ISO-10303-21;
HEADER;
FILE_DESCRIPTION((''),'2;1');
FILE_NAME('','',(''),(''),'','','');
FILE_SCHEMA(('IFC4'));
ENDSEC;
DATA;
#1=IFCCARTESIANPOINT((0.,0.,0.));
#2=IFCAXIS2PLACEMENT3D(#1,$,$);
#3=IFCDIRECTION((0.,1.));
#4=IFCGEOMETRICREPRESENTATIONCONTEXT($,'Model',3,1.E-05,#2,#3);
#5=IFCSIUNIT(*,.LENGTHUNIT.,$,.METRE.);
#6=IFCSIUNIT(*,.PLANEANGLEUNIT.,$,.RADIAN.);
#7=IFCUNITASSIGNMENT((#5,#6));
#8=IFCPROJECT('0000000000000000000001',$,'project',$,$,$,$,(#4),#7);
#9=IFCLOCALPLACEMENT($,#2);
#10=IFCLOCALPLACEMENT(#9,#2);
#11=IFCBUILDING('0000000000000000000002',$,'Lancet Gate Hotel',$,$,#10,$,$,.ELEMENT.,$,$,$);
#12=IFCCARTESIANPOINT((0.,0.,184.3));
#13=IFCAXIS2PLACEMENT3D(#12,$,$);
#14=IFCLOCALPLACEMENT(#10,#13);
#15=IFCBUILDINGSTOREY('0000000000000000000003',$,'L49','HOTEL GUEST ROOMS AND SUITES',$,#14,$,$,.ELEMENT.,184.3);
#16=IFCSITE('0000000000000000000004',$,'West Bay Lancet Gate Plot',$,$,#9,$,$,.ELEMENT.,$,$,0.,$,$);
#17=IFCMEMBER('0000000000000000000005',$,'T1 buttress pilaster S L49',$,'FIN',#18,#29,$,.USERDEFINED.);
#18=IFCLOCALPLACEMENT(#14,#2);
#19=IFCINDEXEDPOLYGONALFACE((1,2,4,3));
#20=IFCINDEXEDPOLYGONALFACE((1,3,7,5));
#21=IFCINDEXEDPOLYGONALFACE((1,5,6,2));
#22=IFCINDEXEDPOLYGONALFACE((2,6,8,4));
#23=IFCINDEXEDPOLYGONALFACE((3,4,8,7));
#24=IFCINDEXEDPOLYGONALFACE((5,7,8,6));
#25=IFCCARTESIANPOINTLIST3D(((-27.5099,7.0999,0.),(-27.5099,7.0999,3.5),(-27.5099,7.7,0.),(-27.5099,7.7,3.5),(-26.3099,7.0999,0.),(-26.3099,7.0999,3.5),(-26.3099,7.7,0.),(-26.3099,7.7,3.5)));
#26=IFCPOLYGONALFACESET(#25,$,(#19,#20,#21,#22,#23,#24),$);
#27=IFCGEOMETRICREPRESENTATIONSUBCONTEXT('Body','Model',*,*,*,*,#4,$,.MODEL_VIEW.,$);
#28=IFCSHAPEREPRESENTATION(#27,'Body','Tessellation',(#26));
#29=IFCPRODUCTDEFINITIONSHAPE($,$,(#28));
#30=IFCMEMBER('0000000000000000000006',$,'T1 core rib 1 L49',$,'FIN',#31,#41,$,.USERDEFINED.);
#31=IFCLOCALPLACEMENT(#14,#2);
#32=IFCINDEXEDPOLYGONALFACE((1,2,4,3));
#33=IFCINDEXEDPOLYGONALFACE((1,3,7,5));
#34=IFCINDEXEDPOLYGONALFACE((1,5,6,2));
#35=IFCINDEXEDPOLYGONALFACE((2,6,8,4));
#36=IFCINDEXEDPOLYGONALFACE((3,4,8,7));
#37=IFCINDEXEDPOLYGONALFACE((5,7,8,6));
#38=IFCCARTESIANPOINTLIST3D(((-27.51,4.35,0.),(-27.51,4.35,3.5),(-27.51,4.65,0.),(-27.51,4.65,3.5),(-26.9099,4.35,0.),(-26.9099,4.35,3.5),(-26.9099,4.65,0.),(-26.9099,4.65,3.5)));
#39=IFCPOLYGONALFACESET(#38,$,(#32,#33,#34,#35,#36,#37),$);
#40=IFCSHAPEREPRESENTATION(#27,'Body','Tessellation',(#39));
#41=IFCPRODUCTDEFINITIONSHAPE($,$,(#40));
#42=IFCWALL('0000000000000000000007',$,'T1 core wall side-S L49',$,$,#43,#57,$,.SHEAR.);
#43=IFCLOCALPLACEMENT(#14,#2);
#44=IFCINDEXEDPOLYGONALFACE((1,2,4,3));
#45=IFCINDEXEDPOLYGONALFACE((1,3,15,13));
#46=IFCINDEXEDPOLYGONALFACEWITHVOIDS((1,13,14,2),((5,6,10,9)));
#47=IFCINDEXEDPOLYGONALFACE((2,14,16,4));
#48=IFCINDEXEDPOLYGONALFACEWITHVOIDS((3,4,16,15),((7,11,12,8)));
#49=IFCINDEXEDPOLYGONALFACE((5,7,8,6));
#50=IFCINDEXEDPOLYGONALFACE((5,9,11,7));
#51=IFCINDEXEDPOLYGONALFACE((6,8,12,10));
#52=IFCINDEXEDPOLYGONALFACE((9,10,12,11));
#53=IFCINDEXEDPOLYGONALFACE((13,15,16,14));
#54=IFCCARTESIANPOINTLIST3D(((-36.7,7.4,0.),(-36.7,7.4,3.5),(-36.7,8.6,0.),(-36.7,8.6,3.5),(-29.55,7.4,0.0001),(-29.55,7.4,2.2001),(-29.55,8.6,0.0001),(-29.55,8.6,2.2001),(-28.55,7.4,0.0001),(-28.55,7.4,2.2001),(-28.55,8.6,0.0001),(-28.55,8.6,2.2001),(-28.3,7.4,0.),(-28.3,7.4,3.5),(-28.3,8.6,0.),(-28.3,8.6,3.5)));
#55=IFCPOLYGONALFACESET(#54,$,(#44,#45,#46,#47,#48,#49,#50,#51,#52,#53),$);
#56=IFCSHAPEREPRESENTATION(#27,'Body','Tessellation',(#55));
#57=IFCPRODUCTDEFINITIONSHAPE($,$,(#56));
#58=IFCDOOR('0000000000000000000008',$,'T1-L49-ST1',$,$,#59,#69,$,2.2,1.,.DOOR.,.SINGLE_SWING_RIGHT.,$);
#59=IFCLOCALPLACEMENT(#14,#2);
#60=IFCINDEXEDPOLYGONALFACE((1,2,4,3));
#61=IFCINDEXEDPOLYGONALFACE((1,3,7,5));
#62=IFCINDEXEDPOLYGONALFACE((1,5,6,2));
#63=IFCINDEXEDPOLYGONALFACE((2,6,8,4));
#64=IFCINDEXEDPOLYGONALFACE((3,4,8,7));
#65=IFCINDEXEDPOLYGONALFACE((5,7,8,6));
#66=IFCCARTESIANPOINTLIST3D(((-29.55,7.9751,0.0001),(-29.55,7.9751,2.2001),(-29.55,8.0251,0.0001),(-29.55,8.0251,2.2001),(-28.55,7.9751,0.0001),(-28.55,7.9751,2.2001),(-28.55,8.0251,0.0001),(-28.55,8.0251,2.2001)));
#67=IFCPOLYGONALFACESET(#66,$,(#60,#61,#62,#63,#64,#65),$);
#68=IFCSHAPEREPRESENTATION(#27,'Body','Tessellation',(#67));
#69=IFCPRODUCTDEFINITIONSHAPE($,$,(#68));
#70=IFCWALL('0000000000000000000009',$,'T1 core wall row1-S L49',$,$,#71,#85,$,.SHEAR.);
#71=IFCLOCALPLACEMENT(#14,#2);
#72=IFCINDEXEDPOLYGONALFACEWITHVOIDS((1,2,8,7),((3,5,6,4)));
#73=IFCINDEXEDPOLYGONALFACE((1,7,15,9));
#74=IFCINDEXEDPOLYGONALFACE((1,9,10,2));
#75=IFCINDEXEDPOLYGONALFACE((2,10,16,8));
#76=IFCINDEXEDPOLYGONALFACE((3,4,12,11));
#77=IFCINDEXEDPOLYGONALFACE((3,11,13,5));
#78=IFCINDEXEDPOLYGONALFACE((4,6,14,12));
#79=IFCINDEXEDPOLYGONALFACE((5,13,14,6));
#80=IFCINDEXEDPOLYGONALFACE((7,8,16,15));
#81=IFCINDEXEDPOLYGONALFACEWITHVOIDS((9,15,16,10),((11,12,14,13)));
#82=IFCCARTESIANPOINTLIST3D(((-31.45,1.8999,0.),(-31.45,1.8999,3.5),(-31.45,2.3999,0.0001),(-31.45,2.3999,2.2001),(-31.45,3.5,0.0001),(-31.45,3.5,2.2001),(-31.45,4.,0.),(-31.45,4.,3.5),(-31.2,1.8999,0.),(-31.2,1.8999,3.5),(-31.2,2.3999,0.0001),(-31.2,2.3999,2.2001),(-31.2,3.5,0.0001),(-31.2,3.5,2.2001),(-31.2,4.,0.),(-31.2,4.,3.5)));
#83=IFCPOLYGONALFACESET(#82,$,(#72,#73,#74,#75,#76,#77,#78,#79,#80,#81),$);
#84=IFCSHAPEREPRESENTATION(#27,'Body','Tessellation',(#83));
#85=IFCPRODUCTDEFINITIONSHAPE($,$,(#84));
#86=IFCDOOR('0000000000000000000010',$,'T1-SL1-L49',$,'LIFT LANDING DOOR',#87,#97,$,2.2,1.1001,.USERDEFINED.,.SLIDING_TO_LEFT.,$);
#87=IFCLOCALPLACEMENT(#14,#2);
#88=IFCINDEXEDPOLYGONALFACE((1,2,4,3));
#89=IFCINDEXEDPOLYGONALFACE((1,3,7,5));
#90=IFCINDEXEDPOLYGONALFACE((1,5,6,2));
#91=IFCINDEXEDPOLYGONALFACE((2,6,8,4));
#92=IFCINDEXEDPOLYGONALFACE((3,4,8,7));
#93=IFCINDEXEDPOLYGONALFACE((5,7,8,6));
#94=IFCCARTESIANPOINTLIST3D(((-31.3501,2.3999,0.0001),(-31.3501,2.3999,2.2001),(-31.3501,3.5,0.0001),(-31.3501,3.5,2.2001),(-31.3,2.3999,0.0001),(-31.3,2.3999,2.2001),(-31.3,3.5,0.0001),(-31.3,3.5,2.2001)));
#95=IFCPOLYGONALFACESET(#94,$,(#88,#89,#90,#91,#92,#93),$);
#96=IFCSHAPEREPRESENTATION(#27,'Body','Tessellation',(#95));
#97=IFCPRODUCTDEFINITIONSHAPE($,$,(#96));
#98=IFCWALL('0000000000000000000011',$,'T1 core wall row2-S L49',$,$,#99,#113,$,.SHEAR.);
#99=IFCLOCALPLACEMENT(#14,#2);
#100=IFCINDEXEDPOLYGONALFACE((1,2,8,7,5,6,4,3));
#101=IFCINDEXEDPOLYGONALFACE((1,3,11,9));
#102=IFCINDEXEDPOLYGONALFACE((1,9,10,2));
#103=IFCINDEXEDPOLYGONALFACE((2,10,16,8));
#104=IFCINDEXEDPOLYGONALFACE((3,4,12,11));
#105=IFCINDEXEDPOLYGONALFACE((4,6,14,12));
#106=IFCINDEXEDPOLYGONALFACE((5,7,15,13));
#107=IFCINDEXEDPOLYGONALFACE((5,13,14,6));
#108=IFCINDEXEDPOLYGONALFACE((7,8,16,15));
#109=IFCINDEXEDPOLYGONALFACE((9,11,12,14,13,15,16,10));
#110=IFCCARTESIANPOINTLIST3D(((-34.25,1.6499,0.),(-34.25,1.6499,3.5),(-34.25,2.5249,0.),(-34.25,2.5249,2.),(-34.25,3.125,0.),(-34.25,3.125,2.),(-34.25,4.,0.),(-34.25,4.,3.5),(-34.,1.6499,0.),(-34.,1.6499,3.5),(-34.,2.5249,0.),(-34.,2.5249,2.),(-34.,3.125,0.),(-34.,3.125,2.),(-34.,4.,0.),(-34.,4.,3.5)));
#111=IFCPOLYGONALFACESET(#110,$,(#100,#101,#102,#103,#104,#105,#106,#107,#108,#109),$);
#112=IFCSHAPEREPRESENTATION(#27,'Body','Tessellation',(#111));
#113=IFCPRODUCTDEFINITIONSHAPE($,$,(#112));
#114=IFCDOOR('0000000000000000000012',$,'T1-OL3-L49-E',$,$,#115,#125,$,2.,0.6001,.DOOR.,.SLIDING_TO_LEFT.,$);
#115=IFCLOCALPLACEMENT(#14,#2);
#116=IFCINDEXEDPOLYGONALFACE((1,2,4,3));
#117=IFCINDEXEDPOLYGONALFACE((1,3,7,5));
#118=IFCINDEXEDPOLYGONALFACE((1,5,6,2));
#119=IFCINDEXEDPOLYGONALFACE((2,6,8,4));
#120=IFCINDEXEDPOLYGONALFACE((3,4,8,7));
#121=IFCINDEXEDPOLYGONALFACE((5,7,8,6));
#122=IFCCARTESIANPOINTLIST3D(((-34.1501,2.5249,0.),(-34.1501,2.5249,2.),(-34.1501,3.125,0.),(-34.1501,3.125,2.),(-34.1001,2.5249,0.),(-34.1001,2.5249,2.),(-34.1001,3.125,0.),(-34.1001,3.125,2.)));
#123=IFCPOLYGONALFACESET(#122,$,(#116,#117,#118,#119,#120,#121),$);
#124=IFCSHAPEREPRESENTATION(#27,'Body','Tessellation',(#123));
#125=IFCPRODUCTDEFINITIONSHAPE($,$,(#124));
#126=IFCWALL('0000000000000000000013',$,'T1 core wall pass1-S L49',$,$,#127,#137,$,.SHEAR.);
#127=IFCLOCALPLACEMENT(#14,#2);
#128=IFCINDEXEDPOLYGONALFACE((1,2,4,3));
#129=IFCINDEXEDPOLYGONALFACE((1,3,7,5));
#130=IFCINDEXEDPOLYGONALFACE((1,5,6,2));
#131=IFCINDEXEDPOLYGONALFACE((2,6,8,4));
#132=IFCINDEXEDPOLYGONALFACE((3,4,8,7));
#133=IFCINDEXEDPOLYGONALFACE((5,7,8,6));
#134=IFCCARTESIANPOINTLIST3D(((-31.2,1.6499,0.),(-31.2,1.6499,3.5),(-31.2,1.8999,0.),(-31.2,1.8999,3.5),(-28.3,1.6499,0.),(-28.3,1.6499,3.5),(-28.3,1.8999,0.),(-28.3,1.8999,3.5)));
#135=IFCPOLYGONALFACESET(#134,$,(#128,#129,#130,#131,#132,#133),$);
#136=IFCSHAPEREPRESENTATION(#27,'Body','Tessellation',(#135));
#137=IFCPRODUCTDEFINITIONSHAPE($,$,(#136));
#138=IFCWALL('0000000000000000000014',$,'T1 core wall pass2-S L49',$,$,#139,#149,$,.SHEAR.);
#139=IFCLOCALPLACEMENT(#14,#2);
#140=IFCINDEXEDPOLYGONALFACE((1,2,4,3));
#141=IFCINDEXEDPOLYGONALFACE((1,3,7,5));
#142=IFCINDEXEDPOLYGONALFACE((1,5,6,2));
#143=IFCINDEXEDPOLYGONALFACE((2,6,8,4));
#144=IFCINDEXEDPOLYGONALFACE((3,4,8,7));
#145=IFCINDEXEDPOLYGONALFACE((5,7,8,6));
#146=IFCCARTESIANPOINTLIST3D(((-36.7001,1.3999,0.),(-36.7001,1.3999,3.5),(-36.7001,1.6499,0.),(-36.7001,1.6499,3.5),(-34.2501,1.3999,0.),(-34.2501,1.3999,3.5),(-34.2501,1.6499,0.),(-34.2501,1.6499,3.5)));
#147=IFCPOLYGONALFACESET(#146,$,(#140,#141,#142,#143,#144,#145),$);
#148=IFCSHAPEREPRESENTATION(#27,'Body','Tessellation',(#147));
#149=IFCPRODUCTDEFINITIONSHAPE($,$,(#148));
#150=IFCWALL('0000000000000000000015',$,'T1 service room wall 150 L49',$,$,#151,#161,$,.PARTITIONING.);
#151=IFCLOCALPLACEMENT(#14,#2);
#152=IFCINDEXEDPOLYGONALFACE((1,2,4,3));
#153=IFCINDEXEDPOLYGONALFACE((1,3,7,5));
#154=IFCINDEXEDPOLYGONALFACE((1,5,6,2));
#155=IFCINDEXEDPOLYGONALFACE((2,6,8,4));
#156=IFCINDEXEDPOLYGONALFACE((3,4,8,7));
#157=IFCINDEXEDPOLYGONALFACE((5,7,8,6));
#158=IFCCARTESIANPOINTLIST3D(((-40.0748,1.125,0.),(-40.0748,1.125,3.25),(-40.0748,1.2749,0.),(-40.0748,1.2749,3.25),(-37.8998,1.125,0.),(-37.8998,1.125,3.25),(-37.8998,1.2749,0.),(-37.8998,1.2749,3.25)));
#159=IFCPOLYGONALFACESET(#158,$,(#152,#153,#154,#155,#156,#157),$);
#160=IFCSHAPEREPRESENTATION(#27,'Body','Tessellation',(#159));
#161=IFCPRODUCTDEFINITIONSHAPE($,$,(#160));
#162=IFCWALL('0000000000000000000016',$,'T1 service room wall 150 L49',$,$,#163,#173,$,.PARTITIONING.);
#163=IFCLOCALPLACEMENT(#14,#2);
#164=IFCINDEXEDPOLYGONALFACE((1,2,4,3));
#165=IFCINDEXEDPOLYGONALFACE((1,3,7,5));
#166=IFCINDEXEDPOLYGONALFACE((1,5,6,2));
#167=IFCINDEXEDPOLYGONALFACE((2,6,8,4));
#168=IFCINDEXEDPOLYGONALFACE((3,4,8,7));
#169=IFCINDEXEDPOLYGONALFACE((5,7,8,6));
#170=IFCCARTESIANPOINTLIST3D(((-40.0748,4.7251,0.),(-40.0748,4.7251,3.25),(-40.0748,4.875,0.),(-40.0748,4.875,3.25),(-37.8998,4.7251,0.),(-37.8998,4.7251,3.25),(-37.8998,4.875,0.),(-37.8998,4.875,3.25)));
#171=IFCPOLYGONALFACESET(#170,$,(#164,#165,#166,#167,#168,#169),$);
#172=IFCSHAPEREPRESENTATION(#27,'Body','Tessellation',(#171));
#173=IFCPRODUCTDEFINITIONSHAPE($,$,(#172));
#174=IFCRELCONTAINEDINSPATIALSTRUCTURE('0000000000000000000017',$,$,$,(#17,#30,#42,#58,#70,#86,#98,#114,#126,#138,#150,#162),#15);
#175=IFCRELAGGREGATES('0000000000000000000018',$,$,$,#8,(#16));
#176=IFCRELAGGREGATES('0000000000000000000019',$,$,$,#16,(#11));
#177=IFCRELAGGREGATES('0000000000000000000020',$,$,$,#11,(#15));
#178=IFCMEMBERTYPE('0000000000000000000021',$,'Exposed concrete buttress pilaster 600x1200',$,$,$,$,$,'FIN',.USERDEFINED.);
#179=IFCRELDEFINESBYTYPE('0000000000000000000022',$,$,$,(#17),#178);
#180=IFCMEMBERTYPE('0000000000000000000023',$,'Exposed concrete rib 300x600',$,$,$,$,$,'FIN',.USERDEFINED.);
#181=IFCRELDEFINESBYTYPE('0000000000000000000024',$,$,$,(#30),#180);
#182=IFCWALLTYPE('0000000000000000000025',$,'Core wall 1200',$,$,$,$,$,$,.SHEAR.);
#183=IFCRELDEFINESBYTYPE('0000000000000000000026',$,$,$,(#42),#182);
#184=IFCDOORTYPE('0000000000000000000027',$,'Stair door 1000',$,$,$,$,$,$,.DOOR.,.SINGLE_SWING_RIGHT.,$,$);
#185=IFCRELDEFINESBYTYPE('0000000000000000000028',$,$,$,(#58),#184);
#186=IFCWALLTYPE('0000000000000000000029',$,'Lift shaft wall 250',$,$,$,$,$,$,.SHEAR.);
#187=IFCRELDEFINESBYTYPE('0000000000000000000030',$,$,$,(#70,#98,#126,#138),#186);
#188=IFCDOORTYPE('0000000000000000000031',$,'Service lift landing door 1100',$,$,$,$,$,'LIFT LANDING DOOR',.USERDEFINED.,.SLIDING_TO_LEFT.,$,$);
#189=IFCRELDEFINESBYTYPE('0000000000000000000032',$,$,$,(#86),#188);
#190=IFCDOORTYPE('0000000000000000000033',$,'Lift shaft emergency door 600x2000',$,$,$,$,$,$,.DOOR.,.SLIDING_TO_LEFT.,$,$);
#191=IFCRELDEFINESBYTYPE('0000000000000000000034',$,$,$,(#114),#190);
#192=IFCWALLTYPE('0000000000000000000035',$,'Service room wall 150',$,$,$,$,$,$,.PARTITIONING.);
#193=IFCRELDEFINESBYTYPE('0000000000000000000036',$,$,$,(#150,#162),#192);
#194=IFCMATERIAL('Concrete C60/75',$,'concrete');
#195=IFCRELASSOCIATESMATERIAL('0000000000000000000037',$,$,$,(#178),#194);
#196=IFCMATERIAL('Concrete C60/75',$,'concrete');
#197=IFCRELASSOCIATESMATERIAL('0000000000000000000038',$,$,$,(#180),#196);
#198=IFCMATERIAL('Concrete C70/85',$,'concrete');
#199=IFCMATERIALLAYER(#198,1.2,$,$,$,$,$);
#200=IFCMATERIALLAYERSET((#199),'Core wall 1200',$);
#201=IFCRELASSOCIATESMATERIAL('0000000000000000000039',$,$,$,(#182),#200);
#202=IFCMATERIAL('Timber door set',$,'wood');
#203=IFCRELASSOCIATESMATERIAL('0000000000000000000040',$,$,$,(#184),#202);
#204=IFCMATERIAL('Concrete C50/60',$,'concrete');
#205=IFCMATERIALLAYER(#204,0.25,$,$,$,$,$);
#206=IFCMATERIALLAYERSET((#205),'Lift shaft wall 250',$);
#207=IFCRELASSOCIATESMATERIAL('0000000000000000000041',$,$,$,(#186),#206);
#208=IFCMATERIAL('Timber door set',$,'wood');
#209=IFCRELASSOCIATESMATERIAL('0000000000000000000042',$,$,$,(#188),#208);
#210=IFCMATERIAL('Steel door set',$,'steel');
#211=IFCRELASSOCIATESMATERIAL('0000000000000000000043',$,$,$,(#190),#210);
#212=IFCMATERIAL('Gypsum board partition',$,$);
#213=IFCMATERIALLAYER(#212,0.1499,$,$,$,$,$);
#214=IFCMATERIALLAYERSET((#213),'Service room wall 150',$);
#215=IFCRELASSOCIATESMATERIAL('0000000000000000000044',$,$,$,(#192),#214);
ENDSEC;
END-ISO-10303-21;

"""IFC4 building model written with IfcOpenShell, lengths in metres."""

from ifc_helpers import new_model, si_unit, direction, frame, frame_2d, origin, origin_2d, place, context, subcontext, project, spatial, rectangle, extrude, material, layer, layer_set, material_profile, profile_set, type_object, element, fill, save


model = new_model("IFC4")

# Units and contexts
model_context = context("Model", 3, precision=1e-05, world=origin(), true_north=direction((0.0, 1.0)))
body_context = subcontext(model_context, "Body", "Model", "MODEL_VIEW")
ifc_project = project(units=[si_unit("LENGTHUNIT", "METRE"), si_unit("PLANEANGLEUNIT", "RADIAN")], contexts=[model_context])

# Site, building, storey
site_placement = place(None, origin())
site = spatial("IfcSite", under=ifc_project, at=site_placement, Name="West Bay Lancet Gate Plot", CompositionType="ELEMENT", RefElevation=0.0)
building_placement = place(site_placement, origin())
building = spatial("IfcBuilding", under=site, at=building_placement, Name="Lancet Gate Hotel", CompositionType="ELEMENT")
storey_placement = place(building_placement, frame((0.0, 0.0, 184.3)))
storey = spatial("IfcBuildingStorey", under=building, at=storey_placement, Name="L49", Description="HOTEL GUEST ROOMS AND SUITES", CompositionType="ELEMENT", Elevation=184.3)

# Members
ifc_material_1 = material(Name="Concrete C60/75", Category="concrete")
ifc_material_profile_1 = material_profile(ifc_material_1, rectangle(XDim=0.6001, YDim=1.2, at=origin_2d()), Name="FIN 600x1200")
ifc_profile_set_1 = profile_set([ifc_material_profile_1], Name="Concrete C60/75")
member_type_1 = type_object("IfcMemberType", Name="Exposed concrete buttress pilaster 600x1200", ElementType="FIN", PredefinedType="USERDEFINED", material=ifc_profile_set_1)
member_1_placement = place(storey_placement, frame((-26.9099, 7.3999, 0.0), z_axis=(0.0, 0.0, 1.0), x_axis=(0.0, 1.0, 0.0)))
element("IfcMember", 1, at=member_1_placement, inside=storey, type_object=member_type_1, Name="T1 buttress pilaster S L49", ObjectType="FIN", PredefinedType="USERDEFINED", context=body_context, shape_type="SweptSolid", body=[
    extrude(rectangle(XDim=0.6001, YDim=1.2, at=origin_2d()), origin(), (0.0, 0.0, 1.0), 3.5),
])
ifc_material_2 = material(Name="Concrete C60/75", Category="concrete")
ifc_material_profile_2 = material_profile(ifc_material_2, rectangle(XDim=0.3, YDim=0.6001, at=origin_2d()), Name="FIN 300x600")
ifc_profile_set_2 = profile_set([ifc_material_profile_2], Name="Concrete C60/75")
member_type_2 = type_object("IfcMemberType", Name="Exposed concrete rib 300x600", ElementType="FIN", PredefinedType="USERDEFINED", material=ifc_profile_set_2)
member_2_placement = place(storey_placement, frame((-27.21, 4.5, 0.0), z_axis=(0.0, 0.0, 1.0), x_axis=(0.0, 1.0, 0.0)))
element("IfcMember", 2, at=member_2_placement, inside=storey, type_object=member_type_2, Name="T1 core rib 1 L49", ObjectType="FIN", PredefinedType="USERDEFINED", context=body_context, shape_type="SweptSolid", body=[
    extrude(rectangle(XDim=0.3, YDim=0.6001, at=origin_2d()), origin(), (0.0, 0.0, 1.0), 3.5),
])

# Walls, openings, doors
ifc_material_3 = material(Name="Concrete C70/85", Category="concrete")
ifc_layer_1 = layer(ifc_material_3, 1.2)
ifc_layer_set_1 = layer_set([ifc_layer_1], Name="Core wall 1200")
wall_type_1 = type_object("IfcWallType", Name="Core wall 1200", PredefinedType="SHEAR", material=ifc_layer_set_1)
wall_1_placement = place(storey_placement, frame((-28.3, 8.0, 0.0), z_axis=(0.0, 0.0, 1.0), x_axis=(-1.0, 0.0, 0.0)))
wall_1 = element("IfcWall", 3, at=wall_1_placement, inside=storey, type_object=wall_type_1, Name="T1 core wall side-S L49", PredefinedType="SHEAR", context=body_context, shape_type="SweptSolid", body=[
    extrude(rectangle(XDim=8.3999, YDim=1.2, at=frame_2d((4.2, 0.0))), origin(), (0.0, 0.0, 1.0), 3.5),
])
opening_1_placement = place(wall_1_placement, frame((0.25, 0.0, 0.0)))
opening_1 = element("IfcOpeningElement", 4, at=opening_1_placement, cuts=wall_1, PredefinedType="OPENING", context=body_context, shape_type="SweptSolid", body=[
    extrude(rectangle(XDim=1.0, YDim=2.2, at=frame_2d((0.5, 1.1001))), frame((0.0, 0.6099, 0.0), z_axis=(0.0, -1.0, 0.0), x_axis=(1.0, 0.0, 0.0)), (0.0, 0.0, 1.0), 1.22),
])
ifc_material_4 = material(Name="Timber door set", Category="wood")
door_type_1 = type_object("IfcDoorType", Name="Stair door 1000", OperationType="SINGLE_SWING_RIGHT", PredefinedType="DOOR", material=ifc_material_4)
door_1_placement = place(opening_1_placement, origin())
door_1 = element("IfcDoor", 5, at=door_1_placement, inside=storey, type_object=door_type_1, Name="T1-L49-ST1", OperationType="SINGLE_SWING_RIGHT", OverallHeight=2.2, OverallWidth=1.0, PredefinedType="DOOR", context=body_context, shape_type="SweptSolid", body=[
    extrude(rectangle(XDim=1.0, YDim=2.2, at=frame_2d((0.5, 1.1001))), frame((0.0, 0.0249, 0.0), z_axis=(0.0, -1.0, 0.0), x_axis=(1.0, 0.0, 0.0)), (0.0, 0.0, 1.0), 0.05),
])
fill(opening_1, door_1)
ifc_material_5 = material(Name="Concrete C50/60", Category="concrete")
ifc_layer_2 = layer(ifc_material_5, 0.25)
ifc_layer_set_2 = layer_set([ifc_layer_2], Name="Lift shaft wall 250")
wall_type_2 = type_object("IfcWallType", Name="Lift shaft wall 250", PredefinedType="SHEAR", material=ifc_layer_set_2)
wall_2_placement = place(storey_placement, frame((-31.325, 4.0, 0.0), z_axis=(0.0, 0.0, 1.0), x_axis=(0.0, -1.0, 0.0)))
wall_2 = element("IfcWall", 6, at=wall_2_placement, inside=storey, type_object=wall_type_2, Name="T1 core wall row1-S L49", PredefinedType="SHEAR", context=body_context, shape_type="SweptSolid", body=[
    extrude(rectangle(XDim=2.1001, YDim=0.25, at=frame_2d((1.05, 0.0))), origin(), (0.0, 0.0, 1.0), 3.5),
])
opening_2_placement = place(wall_2_placement, frame((0.5, 0.0, 0.0)))
opening_2 = element("IfcOpeningElement", 7, at=opening_2_placement, cuts=wall_2, PredefinedType="OPENING", context=body_context, shape_type="SweptSolid", body=[
    extrude(rectangle(XDim=1.1001, YDim=2.2, at=frame_2d((0.55, 1.1001))), frame((0.0, 0.135, 0.0), z_axis=(0.0, -1.0, 0.0), x_axis=(1.0, 0.0, 0.0)), (0.0, 0.0, 1.0), 0.27),
])
ifc_material_6 = material(Name="Timber door set", Category="wood")
door_type_2 = type_object("IfcDoorType", Name="Service lift landing door 1100", ElementType="LIFT LANDING DOOR", OperationType="SLIDING_TO_LEFT", PredefinedType="USERDEFINED", material=ifc_material_6)
door_2_placement = place(opening_2_placement, origin())
door_2 = element("IfcDoor", 8, at=door_2_placement, inside=storey, type_object=door_type_2, Name="T1-SL1-L49", ObjectType="LIFT LANDING DOOR", OperationType="SLIDING_TO_LEFT", OverallHeight=2.2, OverallWidth=1.1001, PredefinedType="USERDEFINED", context=body_context, shape_type="SweptSolid", body=[
    extrude(rectangle(XDim=1.1001, YDim=2.2, at=frame_2d((0.55, 1.1001))), frame((0.0, 0.0249, 0.0), z_axis=(0.0, -1.0, 0.0), x_axis=(1.0, 0.0, 0.0)), (0.0, 0.0, 1.0), 0.05),
])
fill(opening_2, door_2)
wall_3_placement = place(storey_placement, frame((-34.125, 4.0, 0.0), z_axis=(0.0, 0.0, 1.0), x_axis=(0.0, -1.0, 0.0)))
wall_3 = element("IfcWall", 9, at=wall_3_placement, inside=storey, type_object=wall_type_2, Name="T1 core wall row2-S L49", PredefinedType="SHEAR", context=body_context, shape_type="SweptSolid", body=[
    extrude(rectangle(XDim=2.3501, YDim=0.25, at=frame_2d((1.175, 0.0))), origin(), (0.0, 0.0, 1.0), 3.5),
])
opening_3_placement = place(wall_3_placement, frame((0.875, 0.0, 0.0)))
opening_3 = element("IfcOpeningElement", 10, at=opening_3_placement, cuts=wall_3, PredefinedType="OPENING", context=body_context, shape_type="SweptSolid", body=[
    extrude(rectangle(XDim=0.6001, YDim=2.0, at=frame_2d((0.3, 1.0))), frame((0.0, 0.135, 0.0), z_axis=(0.0, -1.0, 0.0), x_axis=(1.0, 0.0, 0.0)), (0.0, 0.0, 1.0), 0.27),
])
ifc_material_7 = material(Name="Steel door set", Category="steel")
door_type_3 = type_object("IfcDoorType", Name="Lift shaft emergency door 600x2000", OperationType="SLIDING_TO_LEFT", PredefinedType="DOOR", material=ifc_material_7)
door_3_placement = place(opening_3_placement, origin())
door_3 = element("IfcDoor", 11, at=door_3_placement, inside=storey, type_object=door_type_3, Name="T1-OL3-L49-E", OperationType="SLIDING_TO_LEFT", OverallHeight=2.0, OverallWidth=0.6001, PredefinedType="DOOR", context=body_context, shape_type="SweptSolid", body=[
    extrude(rectangle(XDim=0.6001, YDim=2.0, at=frame_2d((0.3, 1.0))), frame((0.0, 0.0249, 0.0), z_axis=(0.0, -1.0, 0.0), x_axis=(1.0, 0.0, 0.0)), (0.0, 0.0, 1.0), 0.05),
])
fill(opening_3, door_3)

# Walls
wall_4_placement = place(storey_placement, frame((-28.3, 1.7749, 0.0), z_axis=(0.0, 0.0, 1.0), x_axis=(-1.0, 0.0, 0.0)))
element("IfcWall", 12, at=wall_4_placement, inside=storey, type_object=wall_type_2, Name="T1 core wall pass1-S L49", PredefinedType="SHEAR", context=body_context, shape_type="SweptSolid", body=[
    extrude(rectangle(XDim=2.8999, YDim=0.25, at=frame_2d((1.45, 0.0))), origin(), (0.0, 0.0, 1.0), 3.5),
])
wall_5_placement = place(storey_placement, frame((-34.25, 1.5249, 0.0), z_axis=(0.0, 0.0, 1.0), x_axis=(-1.0, 0.0, 0.0)))
element("IfcWall", 13, at=wall_5_placement, inside=storey, type_object=wall_type_2, Name="T1 core wall pass2-S L49", PredefinedType="SHEAR", context=body_context, shape_type="SweptSolid", body=[
    extrude(rectangle(XDim=2.45, YDim=0.25, at=frame_2d((1.2251, 0.0))), origin(), (0.0, 0.0, 1.0), 3.5),
])
ifc_material_8 = material(Name="Gypsum board partition")
ifc_layer_3 = layer(ifc_material_8, 0.1499)
ifc_layer_set_3 = layer_set([ifc_layer_3], Name="Service room wall 150")
wall_type_3 = type_object("IfcWallType", Name="Service room wall 150", PredefinedType="PARTITIONING", material=ifc_layer_set_3)
for number, where, z_axis, x_axis, name in (
    (14, (-37.8999, 1.2, 0.0), (0.0, 0.0, 1.0), (-1.0, 0.0, 0.0), "T1 service room wall 150 L49"),
    (15, (-37.8999, 4.8, 0.0), (0.0, 0.0, 1.0), (-1.0, 0.0, 0.0), "T1 service room wall 150 L49"),
):
    element("IfcWall", number, at=place(storey_placement, frame(where, z_axis=z_axis, x_axis=x_axis)), inside=storey, type_object=wall_type_3, Name=name, PredefinedType="PARTITIONING", context=body_context, shape_type="SweptSolid", body=[
        extrude(rectangle(XDim=2.175, YDim=0.1499, at=frame_2d((1.0874, 0.0))), origin(), (0.0, 0.0, 1.0), 3.25),
    ])

save(model, "model.ifc")
